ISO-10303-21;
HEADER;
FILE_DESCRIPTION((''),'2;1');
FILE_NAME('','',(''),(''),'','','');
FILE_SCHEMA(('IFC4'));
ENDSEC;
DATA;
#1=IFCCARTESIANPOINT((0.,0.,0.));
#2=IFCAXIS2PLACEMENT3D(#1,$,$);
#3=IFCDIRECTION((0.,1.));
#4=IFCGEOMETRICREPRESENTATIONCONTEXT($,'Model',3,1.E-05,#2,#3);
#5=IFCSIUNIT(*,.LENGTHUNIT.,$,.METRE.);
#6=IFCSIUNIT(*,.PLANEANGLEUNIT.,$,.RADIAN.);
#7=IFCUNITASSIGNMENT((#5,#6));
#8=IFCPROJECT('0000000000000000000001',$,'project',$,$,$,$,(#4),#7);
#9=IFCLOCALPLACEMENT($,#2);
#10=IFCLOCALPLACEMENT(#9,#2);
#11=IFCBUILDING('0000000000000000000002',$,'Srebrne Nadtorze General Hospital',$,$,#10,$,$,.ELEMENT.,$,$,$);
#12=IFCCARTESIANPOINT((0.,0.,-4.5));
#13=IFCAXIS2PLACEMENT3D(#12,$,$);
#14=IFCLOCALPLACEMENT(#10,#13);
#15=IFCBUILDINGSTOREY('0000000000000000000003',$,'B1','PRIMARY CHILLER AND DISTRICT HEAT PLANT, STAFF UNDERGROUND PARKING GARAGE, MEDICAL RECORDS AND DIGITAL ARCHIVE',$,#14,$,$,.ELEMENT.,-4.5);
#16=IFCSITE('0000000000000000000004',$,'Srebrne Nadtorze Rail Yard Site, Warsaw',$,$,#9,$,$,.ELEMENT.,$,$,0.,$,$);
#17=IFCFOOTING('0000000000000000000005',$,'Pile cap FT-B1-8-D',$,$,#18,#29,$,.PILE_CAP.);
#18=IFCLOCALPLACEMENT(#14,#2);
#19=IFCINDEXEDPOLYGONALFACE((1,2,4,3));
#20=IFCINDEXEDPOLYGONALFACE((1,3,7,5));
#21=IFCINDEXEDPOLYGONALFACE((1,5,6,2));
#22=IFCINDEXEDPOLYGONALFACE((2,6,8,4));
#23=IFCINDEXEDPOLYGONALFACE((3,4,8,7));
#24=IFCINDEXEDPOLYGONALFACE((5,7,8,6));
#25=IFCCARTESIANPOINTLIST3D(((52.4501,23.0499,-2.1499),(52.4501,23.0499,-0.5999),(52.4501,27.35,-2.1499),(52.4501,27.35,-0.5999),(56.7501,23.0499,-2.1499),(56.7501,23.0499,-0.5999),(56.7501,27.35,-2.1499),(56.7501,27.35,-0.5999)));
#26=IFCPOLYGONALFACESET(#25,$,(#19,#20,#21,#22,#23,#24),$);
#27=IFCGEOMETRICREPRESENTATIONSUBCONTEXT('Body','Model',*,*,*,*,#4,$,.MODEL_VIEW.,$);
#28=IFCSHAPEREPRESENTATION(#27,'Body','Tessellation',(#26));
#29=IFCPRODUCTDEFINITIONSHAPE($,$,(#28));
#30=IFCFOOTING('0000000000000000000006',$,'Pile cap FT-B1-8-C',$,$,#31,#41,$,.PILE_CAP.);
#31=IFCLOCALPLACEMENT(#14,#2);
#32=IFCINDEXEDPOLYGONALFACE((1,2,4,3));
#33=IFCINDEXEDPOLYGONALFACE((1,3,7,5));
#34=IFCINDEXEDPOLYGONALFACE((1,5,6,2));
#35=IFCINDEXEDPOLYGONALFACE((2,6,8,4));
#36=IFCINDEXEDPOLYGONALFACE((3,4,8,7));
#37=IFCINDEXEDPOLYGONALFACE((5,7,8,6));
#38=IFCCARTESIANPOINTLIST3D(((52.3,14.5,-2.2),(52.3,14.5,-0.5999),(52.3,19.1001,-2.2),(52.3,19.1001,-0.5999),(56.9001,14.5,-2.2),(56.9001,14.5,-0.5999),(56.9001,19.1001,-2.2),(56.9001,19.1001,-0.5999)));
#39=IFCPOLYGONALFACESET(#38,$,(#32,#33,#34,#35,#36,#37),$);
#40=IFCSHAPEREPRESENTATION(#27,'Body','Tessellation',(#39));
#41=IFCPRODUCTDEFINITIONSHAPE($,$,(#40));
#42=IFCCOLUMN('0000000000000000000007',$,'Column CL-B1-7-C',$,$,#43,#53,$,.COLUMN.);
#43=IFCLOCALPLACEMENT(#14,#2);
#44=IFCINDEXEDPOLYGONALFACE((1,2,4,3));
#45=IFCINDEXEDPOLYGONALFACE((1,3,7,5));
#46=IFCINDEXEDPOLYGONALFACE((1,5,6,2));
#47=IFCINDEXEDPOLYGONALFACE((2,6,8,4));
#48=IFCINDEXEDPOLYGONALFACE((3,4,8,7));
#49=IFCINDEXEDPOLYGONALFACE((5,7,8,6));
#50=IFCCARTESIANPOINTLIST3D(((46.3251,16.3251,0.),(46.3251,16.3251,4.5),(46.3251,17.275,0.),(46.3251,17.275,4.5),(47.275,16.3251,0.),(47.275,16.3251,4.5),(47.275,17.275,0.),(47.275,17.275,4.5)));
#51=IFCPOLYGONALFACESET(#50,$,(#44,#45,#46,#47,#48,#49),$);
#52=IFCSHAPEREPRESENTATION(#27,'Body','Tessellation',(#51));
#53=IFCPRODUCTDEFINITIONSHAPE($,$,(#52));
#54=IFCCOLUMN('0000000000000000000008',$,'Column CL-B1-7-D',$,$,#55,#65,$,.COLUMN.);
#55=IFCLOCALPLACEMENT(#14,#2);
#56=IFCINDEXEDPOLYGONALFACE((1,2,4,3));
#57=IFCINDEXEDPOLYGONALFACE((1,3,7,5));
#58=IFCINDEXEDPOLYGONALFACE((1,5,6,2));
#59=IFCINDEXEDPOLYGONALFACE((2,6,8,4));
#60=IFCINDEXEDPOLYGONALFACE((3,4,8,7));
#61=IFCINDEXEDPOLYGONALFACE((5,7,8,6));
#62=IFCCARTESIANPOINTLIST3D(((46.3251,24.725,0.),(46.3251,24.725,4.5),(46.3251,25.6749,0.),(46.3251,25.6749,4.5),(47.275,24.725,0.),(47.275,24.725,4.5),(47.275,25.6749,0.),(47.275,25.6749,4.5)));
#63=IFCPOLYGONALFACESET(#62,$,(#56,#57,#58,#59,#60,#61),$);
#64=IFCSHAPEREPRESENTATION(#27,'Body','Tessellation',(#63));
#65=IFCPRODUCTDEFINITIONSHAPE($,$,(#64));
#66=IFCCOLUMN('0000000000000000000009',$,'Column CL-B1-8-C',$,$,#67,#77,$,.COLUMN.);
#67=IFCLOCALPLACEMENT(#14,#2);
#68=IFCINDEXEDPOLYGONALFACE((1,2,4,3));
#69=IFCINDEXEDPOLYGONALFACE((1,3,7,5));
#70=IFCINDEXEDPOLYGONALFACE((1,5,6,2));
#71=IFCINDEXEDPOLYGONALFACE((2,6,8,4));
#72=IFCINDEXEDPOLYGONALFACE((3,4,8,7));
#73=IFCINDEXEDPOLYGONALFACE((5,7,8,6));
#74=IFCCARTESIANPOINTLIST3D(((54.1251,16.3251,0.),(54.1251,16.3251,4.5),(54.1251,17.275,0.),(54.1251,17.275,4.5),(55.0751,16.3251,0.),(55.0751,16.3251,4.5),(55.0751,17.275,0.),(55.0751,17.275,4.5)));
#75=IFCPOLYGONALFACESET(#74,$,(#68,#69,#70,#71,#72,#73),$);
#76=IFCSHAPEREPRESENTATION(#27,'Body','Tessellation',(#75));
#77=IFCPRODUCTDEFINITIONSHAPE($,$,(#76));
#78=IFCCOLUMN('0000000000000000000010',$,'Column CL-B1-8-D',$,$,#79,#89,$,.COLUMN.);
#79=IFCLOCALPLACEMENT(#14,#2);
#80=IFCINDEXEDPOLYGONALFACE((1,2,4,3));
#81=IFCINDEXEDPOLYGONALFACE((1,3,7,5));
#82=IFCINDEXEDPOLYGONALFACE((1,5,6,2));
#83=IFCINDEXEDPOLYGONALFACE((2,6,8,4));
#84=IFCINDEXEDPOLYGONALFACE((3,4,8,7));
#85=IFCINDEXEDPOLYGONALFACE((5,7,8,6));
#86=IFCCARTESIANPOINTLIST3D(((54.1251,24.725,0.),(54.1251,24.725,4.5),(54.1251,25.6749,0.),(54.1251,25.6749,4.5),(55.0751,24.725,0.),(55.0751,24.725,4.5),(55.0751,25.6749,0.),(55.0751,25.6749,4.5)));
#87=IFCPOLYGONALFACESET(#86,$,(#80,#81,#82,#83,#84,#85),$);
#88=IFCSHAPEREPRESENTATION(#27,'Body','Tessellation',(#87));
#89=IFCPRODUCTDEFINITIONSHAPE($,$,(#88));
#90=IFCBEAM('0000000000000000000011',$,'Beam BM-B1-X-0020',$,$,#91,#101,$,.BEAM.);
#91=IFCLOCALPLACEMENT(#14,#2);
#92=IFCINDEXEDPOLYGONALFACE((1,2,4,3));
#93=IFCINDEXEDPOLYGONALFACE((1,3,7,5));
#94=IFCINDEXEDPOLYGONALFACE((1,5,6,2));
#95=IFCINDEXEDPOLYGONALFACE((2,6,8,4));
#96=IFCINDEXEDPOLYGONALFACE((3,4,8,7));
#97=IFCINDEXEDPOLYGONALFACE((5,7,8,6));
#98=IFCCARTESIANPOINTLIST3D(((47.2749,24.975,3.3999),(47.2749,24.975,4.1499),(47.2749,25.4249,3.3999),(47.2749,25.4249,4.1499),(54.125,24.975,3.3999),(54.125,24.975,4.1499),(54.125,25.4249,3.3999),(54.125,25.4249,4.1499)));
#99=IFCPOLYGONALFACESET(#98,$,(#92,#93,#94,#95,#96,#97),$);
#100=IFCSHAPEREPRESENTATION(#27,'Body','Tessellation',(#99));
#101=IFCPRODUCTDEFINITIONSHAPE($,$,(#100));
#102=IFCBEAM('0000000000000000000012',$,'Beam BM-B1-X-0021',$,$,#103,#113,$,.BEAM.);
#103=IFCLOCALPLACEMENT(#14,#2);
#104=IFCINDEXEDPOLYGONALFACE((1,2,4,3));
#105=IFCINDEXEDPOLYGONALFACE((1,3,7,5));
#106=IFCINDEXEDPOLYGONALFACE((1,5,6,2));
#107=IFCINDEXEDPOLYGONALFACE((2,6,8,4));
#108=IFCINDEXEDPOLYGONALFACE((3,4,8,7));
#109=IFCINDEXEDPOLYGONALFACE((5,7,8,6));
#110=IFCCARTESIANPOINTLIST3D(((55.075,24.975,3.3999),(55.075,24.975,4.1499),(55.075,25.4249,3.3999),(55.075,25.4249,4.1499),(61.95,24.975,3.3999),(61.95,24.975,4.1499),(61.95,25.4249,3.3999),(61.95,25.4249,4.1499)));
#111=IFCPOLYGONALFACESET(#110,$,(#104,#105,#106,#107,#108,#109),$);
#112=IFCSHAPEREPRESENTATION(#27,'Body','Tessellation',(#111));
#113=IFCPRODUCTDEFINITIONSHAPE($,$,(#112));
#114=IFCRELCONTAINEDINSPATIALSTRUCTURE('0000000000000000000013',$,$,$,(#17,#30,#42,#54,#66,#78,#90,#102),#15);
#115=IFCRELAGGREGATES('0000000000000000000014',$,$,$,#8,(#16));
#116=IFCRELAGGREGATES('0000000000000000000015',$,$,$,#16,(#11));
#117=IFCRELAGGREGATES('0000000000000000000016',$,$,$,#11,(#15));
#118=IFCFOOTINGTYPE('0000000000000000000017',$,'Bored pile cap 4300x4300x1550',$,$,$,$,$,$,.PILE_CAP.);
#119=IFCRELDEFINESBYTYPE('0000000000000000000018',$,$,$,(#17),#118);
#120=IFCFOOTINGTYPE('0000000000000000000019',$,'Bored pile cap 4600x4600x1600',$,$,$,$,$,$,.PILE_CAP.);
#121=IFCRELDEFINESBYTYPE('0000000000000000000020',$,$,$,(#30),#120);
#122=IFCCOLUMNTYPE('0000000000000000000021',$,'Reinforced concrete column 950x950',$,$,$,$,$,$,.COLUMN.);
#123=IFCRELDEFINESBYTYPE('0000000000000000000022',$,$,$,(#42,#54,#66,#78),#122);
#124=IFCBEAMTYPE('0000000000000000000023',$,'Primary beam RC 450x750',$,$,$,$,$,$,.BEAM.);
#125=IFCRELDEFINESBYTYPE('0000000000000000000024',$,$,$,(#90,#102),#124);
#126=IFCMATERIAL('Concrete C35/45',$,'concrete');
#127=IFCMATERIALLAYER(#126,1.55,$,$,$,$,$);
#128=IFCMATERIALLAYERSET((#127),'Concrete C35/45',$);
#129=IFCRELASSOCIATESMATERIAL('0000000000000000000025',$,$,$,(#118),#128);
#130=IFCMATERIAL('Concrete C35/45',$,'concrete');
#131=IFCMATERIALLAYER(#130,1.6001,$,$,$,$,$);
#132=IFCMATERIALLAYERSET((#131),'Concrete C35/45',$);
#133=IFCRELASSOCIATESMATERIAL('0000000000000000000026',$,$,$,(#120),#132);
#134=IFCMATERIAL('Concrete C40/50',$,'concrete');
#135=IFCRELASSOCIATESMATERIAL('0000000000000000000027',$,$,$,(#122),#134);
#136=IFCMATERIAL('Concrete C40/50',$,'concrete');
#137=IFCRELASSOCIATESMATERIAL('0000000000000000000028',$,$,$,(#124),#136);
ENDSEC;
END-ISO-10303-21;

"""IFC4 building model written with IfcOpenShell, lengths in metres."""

from ifc_helpers import new_model, si_unit, direction, frame, origin, origin_2d, place, context, subcontext, project, spatial, rectangle, extrude, material, layer, layer_set, material_profile, profile_set, type_object, element, save


model = new_model("IFC4")

# Units and contexts
model_context = context("Model", 3, precision=1e-05, world=origin(), true_north=direction((0.0, 1.0)))
body_context = subcontext(model_context, "Body", "Model", "MODEL_VIEW")
ifc_project = project(units=[si_unit("LENGTHUNIT", "METRE"), si_unit("PLANEANGLEUNIT", "RADIAN")], contexts=[model_context])

# Site, building, storey
site_placement = place(None, origin())
site = spatial("IfcSite", under=ifc_project, at=site_placement, Name="Srebrne Nadtorze Rail Yard Site, Warsaw", CompositionType="ELEMENT", RefElevation=0.0)
building_placement = place(site_placement, origin())
building = spatial("IfcBuilding", under=site, at=building_placement, Name="Srebrne Nadtorze General Hospital", CompositionType="ELEMENT")
storey_placement = place(building_placement, frame((0.0, 0.0, -4.5)))
storey = spatial("IfcBuildingStorey", under=building, at=storey_placement, Name="B1", Description="PRIMARY CHILLER AND DISTRICT HEAT PLANT, STAFF UNDERGROUND PARKING GARAGE, MEDICAL RECORDS AND DIGITAL ARCHIVE", CompositionType="ELEMENT", Elevation=-4.5)

# Footings
ifc_material_1 = material(Name="Concrete C35/45", Category="concrete")
ifc_layer_1 = layer(ifc_material_1, 1.55)
ifc_layer_set_1 = layer_set([ifc_layer_1], Name="Concrete C35/45")
footing_type_1 = type_object("IfcFootingType", Name="Bored pile cap 4300x4300x1550", PredefinedType="PILE_CAP", material=ifc_layer_set_1)
footing_1_placement = place(storey_placement, frame((54.6001, 25.2, -2.1499), z_axis=(0.0, 0.0, 1.0), x_axis=(1.0, 0.0, 0.0)))
element("IfcFooting", 1, at=footing_1_placement, inside=storey, type_object=footing_type_1, Name="Pile cap FT-B1-8-D", PredefinedType="PILE_CAP", context=body_context, shape_type="SweptSolid", body=[
    extrude(rectangle(XDim=4.3, YDim=4.3, at=origin_2d()), origin(), (0.0, 0.0, 1.0), 1.55),
])
ifc_material_2 = material(Name="Concrete C35/45", Category="concrete")
ifc_layer_2 = layer(ifc_material_2, 1.6001)
ifc_layer_set_2 = layer_set([ifc_layer_2], Name="Concrete C35/45")
footing_type_2 = type_object("IfcFootingType", Name="Bored pile cap 4600x4600x1600", PredefinedType="PILE_CAP", material=ifc_layer_set_2)
footing_2_placement = place(storey_placement, frame((54.6001, 16.8, -2.2), z_axis=(0.0, 0.0, 1.0), x_axis=(1.0, 0.0, 0.0)))
element("IfcFooting", 2, at=footing_2_placement, inside=storey, type_object=footing_type_2, Name="Pile cap FT-B1-8-C", PredefinedType="PILE_CAP", context=body_context, shape_type="SweptSolid", body=[
    extrude(rectangle(XDim=4.6001, YDim=4.6001, at=origin_2d()), origin(), (0.0, 0.0, 1.0), 1.6001),
])

# Columns
ifc_material_3 = material(Name="Concrete C40/50", Category="concrete")
ifc_material_profile_1 = material_profile(ifc_material_3, rectangle(XDim=0.95, YDim=0.95, at=origin_2d()), Name="RC-COL-950x950")
ifc_profile_set_1 = profile_set([ifc_material_profile_1], Name="Concrete C40/50")
column_type = type_object("IfcColumnType", Name="Reinforced concrete column 950x950", PredefinedType="COLUMN", material=ifc_profile_set_1)
for number, where, z_axis, x_axis, name in (
    (3, (46.8, 16.8, 0.0), (0.0, 0.0, 1.0), (1.0, 0.0, 0.0), "Column CL-B1-7-C"),
    (4, (46.8, 25.2, 0.0), (0.0, 0.0, 1.0), (1.0, 0.0, 0.0), "Column CL-B1-7-D"),
    (5, (54.6001, 16.8, 0.0), (0.0, 0.0, 1.0), (1.0, 0.0, 0.0), "Column CL-B1-8-C"),
    (6, (54.6001, 25.2, 0.0), (0.0, 0.0, 1.0), (1.0, 0.0, 0.0), "Column CL-B1-8-D"),
):
    element("IfcColumn", number, at=place(storey_placement, frame(where, z_axis=z_axis, x_axis=x_axis)), inside=storey, type_object=column_type, Name=name, PredefinedType="COLUMN", context=body_context, shape_type="SweptSolid", body=[
        extrude(rectangle(XDim=0.95, YDim=0.95, at=origin_2d()), origin(), (0.0, 0.0, 1.0), 4.5),
    ])

# Beams
ifc_material_4 = material(Name="Concrete C40/50", Category="concrete")
ifc_material_profile_2 = material_profile(ifc_material_4, rectangle(XDim=0.45, YDim=0.75, at=origin_2d()), Name="RC-BM-450x750")
ifc_profile_set_2 = profile_set([ifc_material_profile_2], Name="Concrete C40/50")
beam_type = type_object("IfcBeamType", Name="Primary beam RC 450x750", PredefinedType="BEAM", material=ifc_profile_set_2)
beam_1_placement = place(storey_placement, frame((47.2749, 25.2, 3.7749), z_axis=(1.0, 0.0, 0.0), x_axis=(0.0, 1.0, 0.0)))
element("IfcBeam", 7, at=beam_1_placement, inside=storey, type_object=beam_type, Name="Beam BM-B1-X-0020", PredefinedType="BEAM", context=body_context, shape_type="SweptSolid", body=[
    extrude(rectangle(XDim=0.45, YDim=0.75, at=origin_2d()), origin(), (0.0, 0.0, 1.0), 6.8501),
])
beam_2_placement = place(storey_placement, frame((55.075, 25.2, 3.7749), z_axis=(1.0, 0.0, 0.0), x_axis=(0.0, 1.0, 0.0)))
element("IfcBeam", 8, at=beam_2_placement, inside=storey, type_object=beam_type, Name="Beam BM-B1-X-0021", PredefinedType="BEAM", context=body_context, shape_type="SweptSolid", body=[
    extrude(rectangle(XDim=0.45, YDim=0.75, at=origin_2d()), origin(), (0.0, 0.0, 1.0), 6.875),
])

save(model, "model.ifc")
